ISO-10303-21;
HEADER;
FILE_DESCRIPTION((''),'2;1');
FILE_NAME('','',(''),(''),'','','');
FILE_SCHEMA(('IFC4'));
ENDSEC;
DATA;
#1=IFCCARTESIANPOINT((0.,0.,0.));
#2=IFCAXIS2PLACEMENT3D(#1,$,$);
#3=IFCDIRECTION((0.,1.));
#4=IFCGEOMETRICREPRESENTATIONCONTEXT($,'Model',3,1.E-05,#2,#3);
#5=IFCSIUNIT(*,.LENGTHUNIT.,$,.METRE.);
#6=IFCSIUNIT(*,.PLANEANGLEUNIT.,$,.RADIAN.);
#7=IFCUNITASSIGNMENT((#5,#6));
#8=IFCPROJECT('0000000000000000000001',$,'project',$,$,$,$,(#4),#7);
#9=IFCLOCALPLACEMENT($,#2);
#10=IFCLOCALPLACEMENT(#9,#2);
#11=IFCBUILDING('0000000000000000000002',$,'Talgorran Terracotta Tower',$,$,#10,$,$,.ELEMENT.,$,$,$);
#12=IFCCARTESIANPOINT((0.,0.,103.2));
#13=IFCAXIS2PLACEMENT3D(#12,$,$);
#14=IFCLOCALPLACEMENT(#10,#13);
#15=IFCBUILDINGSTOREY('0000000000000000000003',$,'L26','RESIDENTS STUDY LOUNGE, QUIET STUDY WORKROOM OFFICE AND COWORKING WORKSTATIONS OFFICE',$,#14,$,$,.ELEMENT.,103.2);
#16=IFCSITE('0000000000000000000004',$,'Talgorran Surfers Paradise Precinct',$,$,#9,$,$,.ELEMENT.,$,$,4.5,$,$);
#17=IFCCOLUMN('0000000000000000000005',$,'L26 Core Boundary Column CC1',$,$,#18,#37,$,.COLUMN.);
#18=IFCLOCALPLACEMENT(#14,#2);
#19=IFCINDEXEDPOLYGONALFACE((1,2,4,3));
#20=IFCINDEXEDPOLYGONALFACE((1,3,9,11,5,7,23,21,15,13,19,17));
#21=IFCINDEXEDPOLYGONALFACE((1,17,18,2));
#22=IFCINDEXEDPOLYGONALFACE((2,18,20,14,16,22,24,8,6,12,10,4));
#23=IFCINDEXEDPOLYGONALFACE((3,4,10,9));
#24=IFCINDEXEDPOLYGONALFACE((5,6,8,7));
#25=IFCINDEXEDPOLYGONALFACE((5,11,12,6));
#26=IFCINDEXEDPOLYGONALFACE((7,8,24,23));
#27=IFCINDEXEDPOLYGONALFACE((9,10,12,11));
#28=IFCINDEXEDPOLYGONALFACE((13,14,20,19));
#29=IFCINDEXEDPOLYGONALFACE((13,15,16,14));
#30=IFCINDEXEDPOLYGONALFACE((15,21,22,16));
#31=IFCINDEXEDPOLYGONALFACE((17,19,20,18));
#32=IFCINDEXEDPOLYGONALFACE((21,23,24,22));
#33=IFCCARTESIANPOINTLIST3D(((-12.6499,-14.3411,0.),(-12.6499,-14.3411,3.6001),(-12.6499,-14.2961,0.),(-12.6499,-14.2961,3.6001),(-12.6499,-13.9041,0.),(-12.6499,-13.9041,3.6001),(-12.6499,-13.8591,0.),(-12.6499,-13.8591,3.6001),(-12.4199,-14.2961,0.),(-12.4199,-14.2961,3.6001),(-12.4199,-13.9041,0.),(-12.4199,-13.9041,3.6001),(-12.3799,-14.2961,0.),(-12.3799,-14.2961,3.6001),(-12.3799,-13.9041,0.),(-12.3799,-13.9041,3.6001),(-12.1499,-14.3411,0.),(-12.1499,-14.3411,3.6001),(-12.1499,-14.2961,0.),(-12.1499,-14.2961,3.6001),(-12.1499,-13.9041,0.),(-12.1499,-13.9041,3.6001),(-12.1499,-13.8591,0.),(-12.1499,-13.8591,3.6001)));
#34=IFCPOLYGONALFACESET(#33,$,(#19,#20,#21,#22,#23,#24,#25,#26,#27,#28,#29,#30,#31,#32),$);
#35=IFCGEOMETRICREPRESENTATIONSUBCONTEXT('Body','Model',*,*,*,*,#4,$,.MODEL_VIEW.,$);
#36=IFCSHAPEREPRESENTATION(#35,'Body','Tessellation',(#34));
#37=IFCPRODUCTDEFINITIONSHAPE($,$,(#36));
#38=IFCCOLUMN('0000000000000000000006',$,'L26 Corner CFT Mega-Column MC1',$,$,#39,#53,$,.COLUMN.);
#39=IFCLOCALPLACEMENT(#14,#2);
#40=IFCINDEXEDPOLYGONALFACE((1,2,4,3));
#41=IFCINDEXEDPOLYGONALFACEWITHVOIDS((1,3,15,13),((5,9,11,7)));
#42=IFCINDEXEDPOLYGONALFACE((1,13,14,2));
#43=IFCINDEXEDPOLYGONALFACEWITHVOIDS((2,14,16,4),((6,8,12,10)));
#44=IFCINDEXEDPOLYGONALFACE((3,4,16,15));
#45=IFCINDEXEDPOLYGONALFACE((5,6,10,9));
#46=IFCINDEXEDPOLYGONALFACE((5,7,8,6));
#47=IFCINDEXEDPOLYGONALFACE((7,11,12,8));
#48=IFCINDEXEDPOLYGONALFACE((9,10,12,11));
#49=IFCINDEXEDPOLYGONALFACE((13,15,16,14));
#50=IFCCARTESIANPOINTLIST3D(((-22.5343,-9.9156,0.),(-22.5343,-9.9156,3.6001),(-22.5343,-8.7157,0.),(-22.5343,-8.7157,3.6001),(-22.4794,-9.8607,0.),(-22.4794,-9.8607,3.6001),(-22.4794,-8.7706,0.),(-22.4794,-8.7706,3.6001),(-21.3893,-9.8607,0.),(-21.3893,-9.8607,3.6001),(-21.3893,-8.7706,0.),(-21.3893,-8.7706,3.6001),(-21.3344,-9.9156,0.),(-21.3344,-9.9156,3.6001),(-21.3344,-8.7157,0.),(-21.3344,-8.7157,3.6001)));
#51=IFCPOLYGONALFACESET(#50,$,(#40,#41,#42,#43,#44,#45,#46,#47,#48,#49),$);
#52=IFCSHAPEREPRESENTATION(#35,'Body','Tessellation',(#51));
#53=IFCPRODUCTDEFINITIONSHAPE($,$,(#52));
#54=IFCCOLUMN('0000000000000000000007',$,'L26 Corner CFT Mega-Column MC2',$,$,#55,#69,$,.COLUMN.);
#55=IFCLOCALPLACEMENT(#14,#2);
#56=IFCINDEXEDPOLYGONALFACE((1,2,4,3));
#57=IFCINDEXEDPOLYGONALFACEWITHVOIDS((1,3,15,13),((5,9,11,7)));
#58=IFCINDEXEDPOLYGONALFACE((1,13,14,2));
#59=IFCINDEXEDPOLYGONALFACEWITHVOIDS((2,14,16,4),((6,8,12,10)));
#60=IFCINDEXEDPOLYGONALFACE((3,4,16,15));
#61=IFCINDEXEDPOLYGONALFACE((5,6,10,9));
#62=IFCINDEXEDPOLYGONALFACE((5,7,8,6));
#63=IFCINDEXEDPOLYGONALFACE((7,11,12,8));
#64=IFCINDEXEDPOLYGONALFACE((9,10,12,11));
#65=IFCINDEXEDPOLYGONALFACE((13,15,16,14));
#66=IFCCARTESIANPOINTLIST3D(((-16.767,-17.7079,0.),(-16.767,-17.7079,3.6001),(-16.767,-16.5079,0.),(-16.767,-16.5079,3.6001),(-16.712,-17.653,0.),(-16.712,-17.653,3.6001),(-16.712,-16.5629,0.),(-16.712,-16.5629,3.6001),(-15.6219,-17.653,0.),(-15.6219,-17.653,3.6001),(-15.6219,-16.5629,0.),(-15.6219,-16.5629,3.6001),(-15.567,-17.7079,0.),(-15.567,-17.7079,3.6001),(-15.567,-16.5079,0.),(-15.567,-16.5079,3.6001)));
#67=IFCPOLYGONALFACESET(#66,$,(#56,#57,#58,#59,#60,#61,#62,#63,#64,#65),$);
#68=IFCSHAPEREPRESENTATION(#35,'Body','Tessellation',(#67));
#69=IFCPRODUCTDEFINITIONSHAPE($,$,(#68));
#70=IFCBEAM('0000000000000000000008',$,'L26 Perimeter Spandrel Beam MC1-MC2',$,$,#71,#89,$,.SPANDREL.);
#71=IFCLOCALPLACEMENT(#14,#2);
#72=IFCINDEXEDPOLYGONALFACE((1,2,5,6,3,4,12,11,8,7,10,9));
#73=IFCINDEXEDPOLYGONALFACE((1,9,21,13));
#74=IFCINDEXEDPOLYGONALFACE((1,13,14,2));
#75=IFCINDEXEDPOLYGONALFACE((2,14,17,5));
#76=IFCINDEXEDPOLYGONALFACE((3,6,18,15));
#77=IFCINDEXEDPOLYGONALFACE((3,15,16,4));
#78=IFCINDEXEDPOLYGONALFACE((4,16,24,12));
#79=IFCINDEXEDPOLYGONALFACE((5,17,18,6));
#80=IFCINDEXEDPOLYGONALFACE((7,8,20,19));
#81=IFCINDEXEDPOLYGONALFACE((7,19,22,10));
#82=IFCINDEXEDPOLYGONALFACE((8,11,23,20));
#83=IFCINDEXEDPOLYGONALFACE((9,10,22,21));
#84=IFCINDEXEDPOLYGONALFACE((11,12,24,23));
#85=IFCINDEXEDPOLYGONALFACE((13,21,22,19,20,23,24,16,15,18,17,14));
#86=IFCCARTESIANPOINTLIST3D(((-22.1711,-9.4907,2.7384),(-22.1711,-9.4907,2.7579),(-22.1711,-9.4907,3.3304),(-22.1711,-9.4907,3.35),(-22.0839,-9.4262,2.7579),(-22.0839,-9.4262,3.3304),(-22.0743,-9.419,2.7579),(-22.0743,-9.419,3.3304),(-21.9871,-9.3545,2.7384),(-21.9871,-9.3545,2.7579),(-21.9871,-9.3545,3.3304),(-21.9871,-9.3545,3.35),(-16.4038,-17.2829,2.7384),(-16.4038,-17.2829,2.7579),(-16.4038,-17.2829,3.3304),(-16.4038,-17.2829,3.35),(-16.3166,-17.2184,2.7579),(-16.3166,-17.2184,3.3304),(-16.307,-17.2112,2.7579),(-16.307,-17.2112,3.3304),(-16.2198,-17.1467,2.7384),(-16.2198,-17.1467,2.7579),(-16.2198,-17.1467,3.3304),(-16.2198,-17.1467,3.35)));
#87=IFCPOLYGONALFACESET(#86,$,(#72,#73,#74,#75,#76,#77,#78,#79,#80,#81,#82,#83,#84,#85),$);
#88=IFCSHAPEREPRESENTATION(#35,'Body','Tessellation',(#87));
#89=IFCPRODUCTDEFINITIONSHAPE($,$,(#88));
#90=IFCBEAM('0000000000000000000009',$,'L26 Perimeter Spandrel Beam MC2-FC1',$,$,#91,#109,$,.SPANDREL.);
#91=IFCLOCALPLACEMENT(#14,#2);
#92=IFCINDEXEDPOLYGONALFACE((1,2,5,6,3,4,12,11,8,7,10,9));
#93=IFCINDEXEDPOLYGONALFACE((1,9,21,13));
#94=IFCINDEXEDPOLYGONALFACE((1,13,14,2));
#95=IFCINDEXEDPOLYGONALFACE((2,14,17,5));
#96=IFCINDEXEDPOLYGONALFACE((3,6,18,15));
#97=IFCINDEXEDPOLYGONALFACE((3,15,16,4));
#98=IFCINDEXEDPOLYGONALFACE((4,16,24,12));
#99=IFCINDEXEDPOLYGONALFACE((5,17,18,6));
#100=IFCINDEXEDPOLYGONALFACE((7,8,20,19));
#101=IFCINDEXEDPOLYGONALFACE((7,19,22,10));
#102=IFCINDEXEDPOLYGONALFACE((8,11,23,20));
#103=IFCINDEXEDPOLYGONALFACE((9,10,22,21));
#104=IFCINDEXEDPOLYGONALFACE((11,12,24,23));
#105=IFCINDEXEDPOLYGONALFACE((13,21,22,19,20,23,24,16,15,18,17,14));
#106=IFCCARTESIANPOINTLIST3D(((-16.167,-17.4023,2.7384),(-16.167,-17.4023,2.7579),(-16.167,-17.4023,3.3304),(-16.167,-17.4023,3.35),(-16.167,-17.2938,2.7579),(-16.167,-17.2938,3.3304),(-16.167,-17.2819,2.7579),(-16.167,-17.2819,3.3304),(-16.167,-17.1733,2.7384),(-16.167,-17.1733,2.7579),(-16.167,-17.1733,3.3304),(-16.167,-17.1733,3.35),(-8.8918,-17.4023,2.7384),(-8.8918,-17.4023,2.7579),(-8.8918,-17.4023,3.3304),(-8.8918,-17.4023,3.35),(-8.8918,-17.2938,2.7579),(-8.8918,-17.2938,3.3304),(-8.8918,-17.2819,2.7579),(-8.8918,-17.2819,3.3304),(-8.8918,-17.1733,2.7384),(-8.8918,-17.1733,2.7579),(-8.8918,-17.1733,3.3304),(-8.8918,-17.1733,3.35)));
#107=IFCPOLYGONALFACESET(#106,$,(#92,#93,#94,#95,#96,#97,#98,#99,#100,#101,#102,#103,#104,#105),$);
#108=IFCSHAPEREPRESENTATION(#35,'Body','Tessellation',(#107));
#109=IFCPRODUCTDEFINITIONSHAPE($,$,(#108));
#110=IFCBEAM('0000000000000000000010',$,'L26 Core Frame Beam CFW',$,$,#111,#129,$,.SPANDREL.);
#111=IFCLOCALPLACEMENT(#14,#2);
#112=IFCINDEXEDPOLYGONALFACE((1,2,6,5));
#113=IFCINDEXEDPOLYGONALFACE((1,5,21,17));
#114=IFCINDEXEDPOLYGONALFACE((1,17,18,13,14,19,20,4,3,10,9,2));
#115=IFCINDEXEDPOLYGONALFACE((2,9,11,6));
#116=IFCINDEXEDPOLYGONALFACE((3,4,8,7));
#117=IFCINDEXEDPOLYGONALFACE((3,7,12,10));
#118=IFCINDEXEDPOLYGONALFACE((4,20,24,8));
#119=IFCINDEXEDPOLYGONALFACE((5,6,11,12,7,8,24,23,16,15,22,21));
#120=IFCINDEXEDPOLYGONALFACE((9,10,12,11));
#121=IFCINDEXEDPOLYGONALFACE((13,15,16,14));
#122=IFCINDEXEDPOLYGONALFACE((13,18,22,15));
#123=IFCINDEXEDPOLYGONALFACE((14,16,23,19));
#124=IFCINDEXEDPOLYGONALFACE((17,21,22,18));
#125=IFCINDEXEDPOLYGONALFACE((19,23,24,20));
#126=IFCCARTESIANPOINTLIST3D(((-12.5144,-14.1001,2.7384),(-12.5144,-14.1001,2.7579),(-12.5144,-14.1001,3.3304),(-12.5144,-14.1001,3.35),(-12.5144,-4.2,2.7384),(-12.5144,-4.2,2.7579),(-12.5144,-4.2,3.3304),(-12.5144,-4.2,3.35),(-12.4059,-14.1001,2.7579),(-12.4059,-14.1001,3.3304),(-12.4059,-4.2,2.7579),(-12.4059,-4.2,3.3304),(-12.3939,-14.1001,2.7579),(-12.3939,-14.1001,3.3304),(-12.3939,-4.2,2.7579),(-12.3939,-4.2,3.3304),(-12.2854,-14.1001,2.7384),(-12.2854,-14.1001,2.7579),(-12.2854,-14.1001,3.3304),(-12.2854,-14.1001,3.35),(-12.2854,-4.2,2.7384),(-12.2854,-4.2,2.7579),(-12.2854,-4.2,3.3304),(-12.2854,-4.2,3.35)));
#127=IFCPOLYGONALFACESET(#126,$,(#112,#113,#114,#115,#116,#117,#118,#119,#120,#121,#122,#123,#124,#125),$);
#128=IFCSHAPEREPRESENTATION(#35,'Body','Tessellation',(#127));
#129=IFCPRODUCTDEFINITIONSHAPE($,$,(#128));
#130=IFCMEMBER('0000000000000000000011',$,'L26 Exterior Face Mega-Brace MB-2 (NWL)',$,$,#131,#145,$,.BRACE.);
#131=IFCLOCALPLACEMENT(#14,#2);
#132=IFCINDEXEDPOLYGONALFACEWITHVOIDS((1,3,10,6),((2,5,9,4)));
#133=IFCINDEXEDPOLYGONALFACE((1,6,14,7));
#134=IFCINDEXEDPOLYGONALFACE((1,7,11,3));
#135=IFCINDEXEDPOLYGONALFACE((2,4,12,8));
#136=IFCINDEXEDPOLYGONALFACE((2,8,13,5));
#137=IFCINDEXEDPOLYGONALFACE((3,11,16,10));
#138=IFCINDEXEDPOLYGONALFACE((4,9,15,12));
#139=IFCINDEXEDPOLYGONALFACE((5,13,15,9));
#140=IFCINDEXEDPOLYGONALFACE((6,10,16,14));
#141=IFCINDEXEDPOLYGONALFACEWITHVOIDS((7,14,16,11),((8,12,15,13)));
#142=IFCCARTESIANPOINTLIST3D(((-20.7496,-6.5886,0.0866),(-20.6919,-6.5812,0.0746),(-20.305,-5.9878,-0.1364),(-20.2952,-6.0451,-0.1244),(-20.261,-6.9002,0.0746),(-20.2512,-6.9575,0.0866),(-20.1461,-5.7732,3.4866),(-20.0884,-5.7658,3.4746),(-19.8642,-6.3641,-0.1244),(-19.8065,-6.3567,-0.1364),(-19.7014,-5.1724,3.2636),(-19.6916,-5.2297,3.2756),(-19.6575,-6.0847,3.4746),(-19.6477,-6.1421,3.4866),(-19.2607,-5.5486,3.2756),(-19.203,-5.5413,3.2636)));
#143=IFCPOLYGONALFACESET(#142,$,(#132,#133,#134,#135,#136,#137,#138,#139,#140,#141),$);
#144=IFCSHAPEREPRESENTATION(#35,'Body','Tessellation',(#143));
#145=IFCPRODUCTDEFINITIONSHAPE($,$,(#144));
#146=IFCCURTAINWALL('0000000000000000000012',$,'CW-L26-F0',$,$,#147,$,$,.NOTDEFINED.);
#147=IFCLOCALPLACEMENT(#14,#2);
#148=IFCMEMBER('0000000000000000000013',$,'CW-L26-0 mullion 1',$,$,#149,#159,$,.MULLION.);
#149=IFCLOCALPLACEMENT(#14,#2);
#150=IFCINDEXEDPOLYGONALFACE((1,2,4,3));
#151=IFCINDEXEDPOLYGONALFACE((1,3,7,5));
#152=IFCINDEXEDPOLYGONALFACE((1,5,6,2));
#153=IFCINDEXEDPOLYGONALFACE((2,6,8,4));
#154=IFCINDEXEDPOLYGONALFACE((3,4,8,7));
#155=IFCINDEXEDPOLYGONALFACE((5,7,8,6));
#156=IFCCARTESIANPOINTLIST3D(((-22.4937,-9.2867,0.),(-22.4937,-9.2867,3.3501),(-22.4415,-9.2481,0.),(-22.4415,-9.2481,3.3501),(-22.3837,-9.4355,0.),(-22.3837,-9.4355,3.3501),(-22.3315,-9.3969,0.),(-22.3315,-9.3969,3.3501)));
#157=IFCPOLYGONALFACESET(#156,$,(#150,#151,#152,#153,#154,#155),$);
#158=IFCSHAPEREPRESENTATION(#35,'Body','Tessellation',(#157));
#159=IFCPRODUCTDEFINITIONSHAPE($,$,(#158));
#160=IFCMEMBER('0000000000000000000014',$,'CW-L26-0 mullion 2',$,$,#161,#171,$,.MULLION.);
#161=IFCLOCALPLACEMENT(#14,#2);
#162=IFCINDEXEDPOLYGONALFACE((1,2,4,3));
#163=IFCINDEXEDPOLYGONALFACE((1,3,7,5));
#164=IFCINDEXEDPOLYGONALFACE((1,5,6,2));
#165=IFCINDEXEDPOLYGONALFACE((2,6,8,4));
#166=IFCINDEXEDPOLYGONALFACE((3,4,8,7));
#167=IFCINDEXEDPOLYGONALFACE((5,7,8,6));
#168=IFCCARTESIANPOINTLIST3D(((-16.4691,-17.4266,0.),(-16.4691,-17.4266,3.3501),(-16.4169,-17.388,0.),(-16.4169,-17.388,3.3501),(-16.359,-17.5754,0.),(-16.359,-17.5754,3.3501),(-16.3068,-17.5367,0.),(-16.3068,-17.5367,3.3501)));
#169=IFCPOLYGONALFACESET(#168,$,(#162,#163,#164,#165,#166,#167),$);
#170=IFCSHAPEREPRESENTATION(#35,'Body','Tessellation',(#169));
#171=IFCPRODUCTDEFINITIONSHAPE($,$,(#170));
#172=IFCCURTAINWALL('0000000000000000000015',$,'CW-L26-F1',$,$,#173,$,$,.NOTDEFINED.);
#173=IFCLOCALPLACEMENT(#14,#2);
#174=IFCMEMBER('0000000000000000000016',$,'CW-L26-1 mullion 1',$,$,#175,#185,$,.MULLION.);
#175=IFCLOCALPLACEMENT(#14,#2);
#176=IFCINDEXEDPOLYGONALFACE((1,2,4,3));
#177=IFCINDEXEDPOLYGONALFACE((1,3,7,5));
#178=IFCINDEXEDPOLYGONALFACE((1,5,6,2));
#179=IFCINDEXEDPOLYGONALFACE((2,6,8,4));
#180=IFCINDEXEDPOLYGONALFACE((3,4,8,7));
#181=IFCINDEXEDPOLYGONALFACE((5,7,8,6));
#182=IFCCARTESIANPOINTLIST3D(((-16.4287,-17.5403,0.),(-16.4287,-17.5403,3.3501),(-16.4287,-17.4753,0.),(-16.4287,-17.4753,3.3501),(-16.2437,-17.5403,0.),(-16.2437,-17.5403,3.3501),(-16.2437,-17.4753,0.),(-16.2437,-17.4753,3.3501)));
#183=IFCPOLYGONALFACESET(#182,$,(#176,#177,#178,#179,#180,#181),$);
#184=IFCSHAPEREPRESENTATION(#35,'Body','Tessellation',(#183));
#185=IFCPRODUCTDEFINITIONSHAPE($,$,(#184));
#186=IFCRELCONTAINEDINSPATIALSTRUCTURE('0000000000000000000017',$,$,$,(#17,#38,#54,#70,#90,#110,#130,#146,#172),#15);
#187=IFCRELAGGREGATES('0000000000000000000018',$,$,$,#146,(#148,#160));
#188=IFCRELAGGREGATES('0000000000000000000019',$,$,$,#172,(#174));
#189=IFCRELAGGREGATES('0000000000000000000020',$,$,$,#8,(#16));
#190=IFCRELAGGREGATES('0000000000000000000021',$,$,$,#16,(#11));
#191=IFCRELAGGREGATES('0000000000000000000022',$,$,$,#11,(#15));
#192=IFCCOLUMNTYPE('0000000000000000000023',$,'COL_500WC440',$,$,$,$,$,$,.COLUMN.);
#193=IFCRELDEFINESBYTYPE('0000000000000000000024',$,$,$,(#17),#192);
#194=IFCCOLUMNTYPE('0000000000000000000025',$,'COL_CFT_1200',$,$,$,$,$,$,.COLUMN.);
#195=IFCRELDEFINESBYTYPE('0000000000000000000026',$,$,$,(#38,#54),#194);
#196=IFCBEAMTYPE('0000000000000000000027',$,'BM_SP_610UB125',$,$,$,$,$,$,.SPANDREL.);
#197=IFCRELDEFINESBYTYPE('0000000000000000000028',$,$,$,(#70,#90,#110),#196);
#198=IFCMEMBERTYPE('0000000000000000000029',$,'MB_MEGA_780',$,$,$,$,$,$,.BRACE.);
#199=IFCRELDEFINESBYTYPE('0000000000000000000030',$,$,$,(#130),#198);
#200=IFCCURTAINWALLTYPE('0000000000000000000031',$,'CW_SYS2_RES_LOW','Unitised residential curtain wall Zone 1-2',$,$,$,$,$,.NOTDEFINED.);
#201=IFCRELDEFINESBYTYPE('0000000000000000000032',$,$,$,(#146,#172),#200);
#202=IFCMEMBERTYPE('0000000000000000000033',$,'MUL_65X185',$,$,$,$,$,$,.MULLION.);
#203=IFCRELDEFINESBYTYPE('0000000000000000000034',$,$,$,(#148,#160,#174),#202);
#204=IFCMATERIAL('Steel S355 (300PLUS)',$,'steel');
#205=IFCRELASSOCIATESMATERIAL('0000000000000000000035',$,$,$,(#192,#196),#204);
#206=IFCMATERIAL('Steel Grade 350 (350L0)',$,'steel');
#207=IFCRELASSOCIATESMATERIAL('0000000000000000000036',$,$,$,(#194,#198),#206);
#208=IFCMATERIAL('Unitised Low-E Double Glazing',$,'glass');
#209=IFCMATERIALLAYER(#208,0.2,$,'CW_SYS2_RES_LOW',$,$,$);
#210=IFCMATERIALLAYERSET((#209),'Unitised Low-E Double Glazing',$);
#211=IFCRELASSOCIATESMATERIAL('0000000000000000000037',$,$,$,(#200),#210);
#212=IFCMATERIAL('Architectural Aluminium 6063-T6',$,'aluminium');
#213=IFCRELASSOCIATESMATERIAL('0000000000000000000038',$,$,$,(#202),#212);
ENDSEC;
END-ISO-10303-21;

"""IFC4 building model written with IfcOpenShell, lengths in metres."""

from ifc_helpers import new_model, si_unit, direction, frame, origin, origin_2d, place, context, subcontext, project, spatial, rectangle, hollow_rectangle, i_section, extrude, material, layer, layer_set, material_profile, profile_set, type_object, element, aggregate, save


model = new_model("IFC4")

# Units and contexts
model_context = context("Model", 3, precision=1e-05, world=origin(), true_north=direction((0.0, 1.0)))
body_context = subcontext(model_context, "Body", "Model", "MODEL_VIEW")
ifc_project = project(units=[si_unit("LENGTHUNIT", "METRE"), si_unit("PLANEANGLEUNIT", "RADIAN")], contexts=[model_context])

# Site, building, storey
site_placement = place(None, origin())
site = spatial("IfcSite", under=ifc_project, at=site_placement, Name="Talgorran Surfers Paradise Precinct", CompositionType="ELEMENT", RefElevation=4.5)
building_placement = place(site_placement, origin())
building = spatial("IfcBuilding", under=site, at=building_placement, Name="Talgorran Terracotta Tower", CompositionType="ELEMENT")
storey_placement = place(building_placement, frame((0.0, 0.0, 103.2)))
storey = spatial("IfcBuildingStorey", under=building, at=storey_placement, Name="L26", Description="RESIDENTS STUDY LOUNGE, QUIET STUDY WORKROOM OFFICE AND COWORKING WORKSTATIONS OFFICE", CompositionType="ELEMENT", Elevation=103.2)

# Columns
ifc_material_1 = material(Name="Steel S355 (300PLUS)", Category="steel")
ifc_material_profile_1 = material_profile(ifc_material_1, i_section(OverallWidth=0.5, OverallDepth=0.4819, WebThickness=0.04, FlangeThickness=0.0449, at=origin_2d()), Name="500WC440")
ifc_profile_set_1 = profile_set([ifc_material_profile_1], Name="Steel S355 (300PLUS)")
column_type_1 = type_object("IfcColumnType", Name="COL_500WC440", PredefinedType="COLUMN", material=ifc_profile_set_1)
column_placement = place(storey_placement, frame((-12.3999, -14.1001, 0.0), z_axis=(0.0, 0.0, 1.0), x_axis=(1.0, 0.0, 0.0)))
element("IfcColumn", 1, at=column_placement, inside=storey, type_object=column_type_1, Name="L26 Core Boundary Column CC1", PredefinedType="COLUMN", context=body_context, shape_type="SweptSolid", body=[
    extrude(i_section(OverallWidth=0.5, OverallDepth=0.4819, WebThickness=0.04, FlangeThickness=0.0449, at=origin_2d()), origin(), (0.0, 0.0, 1.0), 3.6001),
])
ifc_material_2 = material(Name="Steel Grade 350 (350L0)", Category="steel")
ifc_material_profile_2 = material_profile(ifc_material_2, hollow_rectangle(XDim=1.2, YDim=1.2, WallThickness=0.0549, at=origin_2d()), Name="CFT1200X1200X55")
ifc_profile_set_2 = profile_set([ifc_material_profile_2], Name="Steel Grade 350 (350L0)")
column_type_2 = type_object("IfcColumnType", Name="COL_CFT_1200", PredefinedType="COLUMN", material=ifc_profile_set_2)
for number, where, z_axis, x_axis, name in (
    (2, (-21.9343, -9.3157, 0.0), (0.0, 0.0, 1.0), (1.0, 0.0, 0.0), "L26 Corner CFT Mega-Column MC1"),
    (3, (-16.167, -17.1079, 0.0), (0.0, 0.0, 1.0), (1.0, 0.0, 0.0), "L26 Corner CFT Mega-Column MC2"),
):
    element("IfcColumn", number, at=place(storey_placement, frame(where, z_axis=z_axis, x_axis=x_axis)), inside=storey, type_object=column_type_2, Name=name, PredefinedType="COLUMN", context=body_context, shape_type="SweptSolid", body=[
        extrude(hollow_rectangle(XDim=1.2, YDim=1.2, WallThickness=0.0549, at=origin_2d()), origin(), (0.0, 0.0, 1.0), 3.6001),
    ])

# Beams
ifc_material_profile_3 = material_profile(ifc_material_1, i_section(OverallWidth=0.229, OverallDepth=0.6116, WebThickness=0.012, FlangeThickness=0.0195, at=origin_2d()), Name="610UB125")
ifc_profile_set_3 = profile_set([ifc_material_profile_3], Name="Steel S355 (300PLUS)")
beam_type = type_object("IfcBeamType", Name="BM_SP_610UB125", PredefinedType="SPANDREL", material=ifc_profile_set_3)
beam_1_placement = place(storey_placement, frame((-22.0791, -9.4226, 3.0442), z_axis=(0.594915, -0.803789, 0.0), x_axis=(0.803789, 0.594915, 0.0)))
element("IfcBeam", 4, at=beam_1_placement, inside=storey, type_object=beam_type, Name="L26 Perimeter Spandrel Beam MC1-MC2", PredefinedType="SPANDREL", context=body_context, shape_type="SweptSolid", body=[
    extrude(i_section(OverallWidth=0.229, OverallDepth=0.6116, WebThickness=0.012, FlangeThickness=0.0195, at=origin_2d()), origin(), (0.0, 0.0, 1.0), 9.6943),
])
beam_2_placement = place(storey_placement, frame((-16.167, -17.2878, 3.0442), z_axis=(1.0, 0.0, 0.0), x_axis=(0.0, 1.0, 0.0)))
element("IfcBeam", 5, at=beam_2_placement, inside=storey, type_object=beam_type, Name="L26 Perimeter Spandrel Beam MC2-FC1", PredefinedType="SPANDREL", context=body_context, shape_type="SweptSolid", body=[
    extrude(i_section(OverallWidth=0.229, OverallDepth=0.6116, WebThickness=0.012, FlangeThickness=0.0195, at=origin_2d()), origin(), (0.0, 0.0, 1.0), 7.2751),
])
beam_3_placement = place(storey_placement, frame((-12.3999, -14.1001, 3.0442), z_axis=(0.0, 1.0, 0.0), x_axis=(-1.0, 0.0, 0.0)))
element("IfcBeam", 6, at=beam_3_placement, inside=storey, type_object=beam_type, Name="L26 Core Frame Beam CFW", PredefinedType="SPANDREL", context=body_context, shape_type="SweptSolid", body=[
    extrude(i_section(OverallWidth=0.229, OverallDepth=0.6116, WebThickness=0.012, FlangeThickness=0.0195, at=origin_2d()), origin(), (0.0, 0.0, 1.0), 9.9001),
])

# Member
ifc_material_profile_4 = material_profile(ifc_material_2, hollow_rectangle(XDim=0.6201, YDim=0.78, WallThickness=0.042, at=origin_2d()), Name="WBOX780X620X42")
ifc_profile_set_4 = profile_set([ifc_material_profile_4], Name="Steel Grade 350 (350L0)")
member_type_1 = type_object("IfcMemberType", Name="MB_MEGA_780", PredefinedType="BRACE", material=ifc_profile_set_4)
member_1_placement = place(storey_placement, frame((-20.2781, -6.4727, -0.0249), z_axis=(0.170099, 0.229826, 0.958252), x_axis=(-0.803796, 0.594905, 0.0)))
element("IfcMember", 7, at=member_1_placement, inside=storey, type_object=member_type_1, Name="L26 Exterior Face Mega-Brace MB-2 (NWL)", PredefinedType="BRACE", context=body_context, shape_type="SweptSolid", body=[
    extrude(hollow_rectangle(XDim=0.6201, YDim=0.78, WallThickness=0.042, at=origin_2d()), origin(), (0.0, 0.0, 1.0), 3.5481),
])

# Curtain wall, members
ifc_material_3 = material(Name="Unitised Low-E Double Glazing", Category="glass")
ifc_layer_1 = layer(ifc_material_3, 0.2, Name="CW_SYS2_RES_LOW")
ifc_layer_set_1 = layer_set([ifc_layer_1], Name="Unitised Low-E Double Glazing")
curtain_wall_type = type_object("IfcCurtainWallType", Name="CW_SYS2_RES_LOW", Description="Unitised residential curtain wall Zone 1-2", PredefinedType="NOTDEFINED", material=ifc_layer_set_1)
curtain_wall_1_placement = place(storey_placement, origin())
curtain_wall_1 = element("IfcCurtainWall", 8, at=curtain_wall_1_placement, inside=storey, type_object=curtain_wall_type, Name="CW-L26-F0", PredefinedType="NOTDEFINED")
ifc_material_4 = material(Name="Architectural Aluminium 6063-T6", Category="aluminium")
ifc_material_profile_5 = material_profile(ifc_material_4, rectangle(XDim=0.0649, YDim=0.1851, at=origin_2d()), Name="CWM65X185")
ifc_profile_set_5 = profile_set([ifc_material_profile_5], Name="Architectural Aluminium 6063-T6")
member_type_2 = type_object("IfcMemberType", Name="MUL_65X185", PredefinedType="MULLION", material=ifc_profile_set_5)
member_2_placement = place(storey_placement, frame((-22.4126, -9.3418, 0.0), z_axis=(0.0, 0.0, 1.0), x_axis=(0.803792, 0.594911, 0.0)))
member_2 = element("IfcMember", 9, at=member_2_placement, type_object=member_type_2, Name="CW-L26-0 mullion 1", PredefinedType="MULLION", context=body_context, shape_type="SweptSolid", body=[
    extrude(rectangle(XDim=0.0649, YDim=0.1851, at=origin_2d()), origin(), (0.0, 0.0, 1.0), 3.3501),
])
member_3_placement = place(storey_placement, frame((-16.3879, -17.4817, 0.0), z_axis=(0.0, 0.0, 1.0), x_axis=(0.803792, 0.594911, 0.0)))
member_3 = element("IfcMember", 10, at=member_3_placement, type_object=member_type_2, Name="CW-L26-0 mullion 2", PredefinedType="MULLION", context=body_context, shape_type="SweptSolid", body=[
    extrude(rectangle(XDim=0.0649, YDim=0.1851, at=origin_2d()), origin(), (0.0, 0.0, 1.0), 3.3501),
])

# Curtain wall, member
curtain_wall_2_placement = place(storey_placement, origin())
curtain_wall_2 = element("IfcCurtainWall", 11, at=curtain_wall_2_placement, inside=storey, type_object=curtain_wall_type, Name="CW-L26-F1", PredefinedType="NOTDEFINED")
member_4_placement = place(storey_placement, frame((-16.3362, -17.5078, 0.0), z_axis=(0.0, 0.0, 1.0), x_axis=(0.0, 1.0, 0.0)))
member_4 = element("IfcMember", 12, at=member_4_placement, type_object=member_type_2, Name="CW-L26-1 mullion 1", PredefinedType="MULLION", context=body_context, shape_type="SweptSolid", body=[
    extrude(rectangle(XDim=0.0649, YDim=0.1851, at=origin_2d()), origin(), (0.0, 0.0, 1.0), 3.3501),
])

aggregate(curtain_wall_1, [member_2, member_3])
aggregate(curtain_wall_2, [member_4])

save(model, "model.ifc")
